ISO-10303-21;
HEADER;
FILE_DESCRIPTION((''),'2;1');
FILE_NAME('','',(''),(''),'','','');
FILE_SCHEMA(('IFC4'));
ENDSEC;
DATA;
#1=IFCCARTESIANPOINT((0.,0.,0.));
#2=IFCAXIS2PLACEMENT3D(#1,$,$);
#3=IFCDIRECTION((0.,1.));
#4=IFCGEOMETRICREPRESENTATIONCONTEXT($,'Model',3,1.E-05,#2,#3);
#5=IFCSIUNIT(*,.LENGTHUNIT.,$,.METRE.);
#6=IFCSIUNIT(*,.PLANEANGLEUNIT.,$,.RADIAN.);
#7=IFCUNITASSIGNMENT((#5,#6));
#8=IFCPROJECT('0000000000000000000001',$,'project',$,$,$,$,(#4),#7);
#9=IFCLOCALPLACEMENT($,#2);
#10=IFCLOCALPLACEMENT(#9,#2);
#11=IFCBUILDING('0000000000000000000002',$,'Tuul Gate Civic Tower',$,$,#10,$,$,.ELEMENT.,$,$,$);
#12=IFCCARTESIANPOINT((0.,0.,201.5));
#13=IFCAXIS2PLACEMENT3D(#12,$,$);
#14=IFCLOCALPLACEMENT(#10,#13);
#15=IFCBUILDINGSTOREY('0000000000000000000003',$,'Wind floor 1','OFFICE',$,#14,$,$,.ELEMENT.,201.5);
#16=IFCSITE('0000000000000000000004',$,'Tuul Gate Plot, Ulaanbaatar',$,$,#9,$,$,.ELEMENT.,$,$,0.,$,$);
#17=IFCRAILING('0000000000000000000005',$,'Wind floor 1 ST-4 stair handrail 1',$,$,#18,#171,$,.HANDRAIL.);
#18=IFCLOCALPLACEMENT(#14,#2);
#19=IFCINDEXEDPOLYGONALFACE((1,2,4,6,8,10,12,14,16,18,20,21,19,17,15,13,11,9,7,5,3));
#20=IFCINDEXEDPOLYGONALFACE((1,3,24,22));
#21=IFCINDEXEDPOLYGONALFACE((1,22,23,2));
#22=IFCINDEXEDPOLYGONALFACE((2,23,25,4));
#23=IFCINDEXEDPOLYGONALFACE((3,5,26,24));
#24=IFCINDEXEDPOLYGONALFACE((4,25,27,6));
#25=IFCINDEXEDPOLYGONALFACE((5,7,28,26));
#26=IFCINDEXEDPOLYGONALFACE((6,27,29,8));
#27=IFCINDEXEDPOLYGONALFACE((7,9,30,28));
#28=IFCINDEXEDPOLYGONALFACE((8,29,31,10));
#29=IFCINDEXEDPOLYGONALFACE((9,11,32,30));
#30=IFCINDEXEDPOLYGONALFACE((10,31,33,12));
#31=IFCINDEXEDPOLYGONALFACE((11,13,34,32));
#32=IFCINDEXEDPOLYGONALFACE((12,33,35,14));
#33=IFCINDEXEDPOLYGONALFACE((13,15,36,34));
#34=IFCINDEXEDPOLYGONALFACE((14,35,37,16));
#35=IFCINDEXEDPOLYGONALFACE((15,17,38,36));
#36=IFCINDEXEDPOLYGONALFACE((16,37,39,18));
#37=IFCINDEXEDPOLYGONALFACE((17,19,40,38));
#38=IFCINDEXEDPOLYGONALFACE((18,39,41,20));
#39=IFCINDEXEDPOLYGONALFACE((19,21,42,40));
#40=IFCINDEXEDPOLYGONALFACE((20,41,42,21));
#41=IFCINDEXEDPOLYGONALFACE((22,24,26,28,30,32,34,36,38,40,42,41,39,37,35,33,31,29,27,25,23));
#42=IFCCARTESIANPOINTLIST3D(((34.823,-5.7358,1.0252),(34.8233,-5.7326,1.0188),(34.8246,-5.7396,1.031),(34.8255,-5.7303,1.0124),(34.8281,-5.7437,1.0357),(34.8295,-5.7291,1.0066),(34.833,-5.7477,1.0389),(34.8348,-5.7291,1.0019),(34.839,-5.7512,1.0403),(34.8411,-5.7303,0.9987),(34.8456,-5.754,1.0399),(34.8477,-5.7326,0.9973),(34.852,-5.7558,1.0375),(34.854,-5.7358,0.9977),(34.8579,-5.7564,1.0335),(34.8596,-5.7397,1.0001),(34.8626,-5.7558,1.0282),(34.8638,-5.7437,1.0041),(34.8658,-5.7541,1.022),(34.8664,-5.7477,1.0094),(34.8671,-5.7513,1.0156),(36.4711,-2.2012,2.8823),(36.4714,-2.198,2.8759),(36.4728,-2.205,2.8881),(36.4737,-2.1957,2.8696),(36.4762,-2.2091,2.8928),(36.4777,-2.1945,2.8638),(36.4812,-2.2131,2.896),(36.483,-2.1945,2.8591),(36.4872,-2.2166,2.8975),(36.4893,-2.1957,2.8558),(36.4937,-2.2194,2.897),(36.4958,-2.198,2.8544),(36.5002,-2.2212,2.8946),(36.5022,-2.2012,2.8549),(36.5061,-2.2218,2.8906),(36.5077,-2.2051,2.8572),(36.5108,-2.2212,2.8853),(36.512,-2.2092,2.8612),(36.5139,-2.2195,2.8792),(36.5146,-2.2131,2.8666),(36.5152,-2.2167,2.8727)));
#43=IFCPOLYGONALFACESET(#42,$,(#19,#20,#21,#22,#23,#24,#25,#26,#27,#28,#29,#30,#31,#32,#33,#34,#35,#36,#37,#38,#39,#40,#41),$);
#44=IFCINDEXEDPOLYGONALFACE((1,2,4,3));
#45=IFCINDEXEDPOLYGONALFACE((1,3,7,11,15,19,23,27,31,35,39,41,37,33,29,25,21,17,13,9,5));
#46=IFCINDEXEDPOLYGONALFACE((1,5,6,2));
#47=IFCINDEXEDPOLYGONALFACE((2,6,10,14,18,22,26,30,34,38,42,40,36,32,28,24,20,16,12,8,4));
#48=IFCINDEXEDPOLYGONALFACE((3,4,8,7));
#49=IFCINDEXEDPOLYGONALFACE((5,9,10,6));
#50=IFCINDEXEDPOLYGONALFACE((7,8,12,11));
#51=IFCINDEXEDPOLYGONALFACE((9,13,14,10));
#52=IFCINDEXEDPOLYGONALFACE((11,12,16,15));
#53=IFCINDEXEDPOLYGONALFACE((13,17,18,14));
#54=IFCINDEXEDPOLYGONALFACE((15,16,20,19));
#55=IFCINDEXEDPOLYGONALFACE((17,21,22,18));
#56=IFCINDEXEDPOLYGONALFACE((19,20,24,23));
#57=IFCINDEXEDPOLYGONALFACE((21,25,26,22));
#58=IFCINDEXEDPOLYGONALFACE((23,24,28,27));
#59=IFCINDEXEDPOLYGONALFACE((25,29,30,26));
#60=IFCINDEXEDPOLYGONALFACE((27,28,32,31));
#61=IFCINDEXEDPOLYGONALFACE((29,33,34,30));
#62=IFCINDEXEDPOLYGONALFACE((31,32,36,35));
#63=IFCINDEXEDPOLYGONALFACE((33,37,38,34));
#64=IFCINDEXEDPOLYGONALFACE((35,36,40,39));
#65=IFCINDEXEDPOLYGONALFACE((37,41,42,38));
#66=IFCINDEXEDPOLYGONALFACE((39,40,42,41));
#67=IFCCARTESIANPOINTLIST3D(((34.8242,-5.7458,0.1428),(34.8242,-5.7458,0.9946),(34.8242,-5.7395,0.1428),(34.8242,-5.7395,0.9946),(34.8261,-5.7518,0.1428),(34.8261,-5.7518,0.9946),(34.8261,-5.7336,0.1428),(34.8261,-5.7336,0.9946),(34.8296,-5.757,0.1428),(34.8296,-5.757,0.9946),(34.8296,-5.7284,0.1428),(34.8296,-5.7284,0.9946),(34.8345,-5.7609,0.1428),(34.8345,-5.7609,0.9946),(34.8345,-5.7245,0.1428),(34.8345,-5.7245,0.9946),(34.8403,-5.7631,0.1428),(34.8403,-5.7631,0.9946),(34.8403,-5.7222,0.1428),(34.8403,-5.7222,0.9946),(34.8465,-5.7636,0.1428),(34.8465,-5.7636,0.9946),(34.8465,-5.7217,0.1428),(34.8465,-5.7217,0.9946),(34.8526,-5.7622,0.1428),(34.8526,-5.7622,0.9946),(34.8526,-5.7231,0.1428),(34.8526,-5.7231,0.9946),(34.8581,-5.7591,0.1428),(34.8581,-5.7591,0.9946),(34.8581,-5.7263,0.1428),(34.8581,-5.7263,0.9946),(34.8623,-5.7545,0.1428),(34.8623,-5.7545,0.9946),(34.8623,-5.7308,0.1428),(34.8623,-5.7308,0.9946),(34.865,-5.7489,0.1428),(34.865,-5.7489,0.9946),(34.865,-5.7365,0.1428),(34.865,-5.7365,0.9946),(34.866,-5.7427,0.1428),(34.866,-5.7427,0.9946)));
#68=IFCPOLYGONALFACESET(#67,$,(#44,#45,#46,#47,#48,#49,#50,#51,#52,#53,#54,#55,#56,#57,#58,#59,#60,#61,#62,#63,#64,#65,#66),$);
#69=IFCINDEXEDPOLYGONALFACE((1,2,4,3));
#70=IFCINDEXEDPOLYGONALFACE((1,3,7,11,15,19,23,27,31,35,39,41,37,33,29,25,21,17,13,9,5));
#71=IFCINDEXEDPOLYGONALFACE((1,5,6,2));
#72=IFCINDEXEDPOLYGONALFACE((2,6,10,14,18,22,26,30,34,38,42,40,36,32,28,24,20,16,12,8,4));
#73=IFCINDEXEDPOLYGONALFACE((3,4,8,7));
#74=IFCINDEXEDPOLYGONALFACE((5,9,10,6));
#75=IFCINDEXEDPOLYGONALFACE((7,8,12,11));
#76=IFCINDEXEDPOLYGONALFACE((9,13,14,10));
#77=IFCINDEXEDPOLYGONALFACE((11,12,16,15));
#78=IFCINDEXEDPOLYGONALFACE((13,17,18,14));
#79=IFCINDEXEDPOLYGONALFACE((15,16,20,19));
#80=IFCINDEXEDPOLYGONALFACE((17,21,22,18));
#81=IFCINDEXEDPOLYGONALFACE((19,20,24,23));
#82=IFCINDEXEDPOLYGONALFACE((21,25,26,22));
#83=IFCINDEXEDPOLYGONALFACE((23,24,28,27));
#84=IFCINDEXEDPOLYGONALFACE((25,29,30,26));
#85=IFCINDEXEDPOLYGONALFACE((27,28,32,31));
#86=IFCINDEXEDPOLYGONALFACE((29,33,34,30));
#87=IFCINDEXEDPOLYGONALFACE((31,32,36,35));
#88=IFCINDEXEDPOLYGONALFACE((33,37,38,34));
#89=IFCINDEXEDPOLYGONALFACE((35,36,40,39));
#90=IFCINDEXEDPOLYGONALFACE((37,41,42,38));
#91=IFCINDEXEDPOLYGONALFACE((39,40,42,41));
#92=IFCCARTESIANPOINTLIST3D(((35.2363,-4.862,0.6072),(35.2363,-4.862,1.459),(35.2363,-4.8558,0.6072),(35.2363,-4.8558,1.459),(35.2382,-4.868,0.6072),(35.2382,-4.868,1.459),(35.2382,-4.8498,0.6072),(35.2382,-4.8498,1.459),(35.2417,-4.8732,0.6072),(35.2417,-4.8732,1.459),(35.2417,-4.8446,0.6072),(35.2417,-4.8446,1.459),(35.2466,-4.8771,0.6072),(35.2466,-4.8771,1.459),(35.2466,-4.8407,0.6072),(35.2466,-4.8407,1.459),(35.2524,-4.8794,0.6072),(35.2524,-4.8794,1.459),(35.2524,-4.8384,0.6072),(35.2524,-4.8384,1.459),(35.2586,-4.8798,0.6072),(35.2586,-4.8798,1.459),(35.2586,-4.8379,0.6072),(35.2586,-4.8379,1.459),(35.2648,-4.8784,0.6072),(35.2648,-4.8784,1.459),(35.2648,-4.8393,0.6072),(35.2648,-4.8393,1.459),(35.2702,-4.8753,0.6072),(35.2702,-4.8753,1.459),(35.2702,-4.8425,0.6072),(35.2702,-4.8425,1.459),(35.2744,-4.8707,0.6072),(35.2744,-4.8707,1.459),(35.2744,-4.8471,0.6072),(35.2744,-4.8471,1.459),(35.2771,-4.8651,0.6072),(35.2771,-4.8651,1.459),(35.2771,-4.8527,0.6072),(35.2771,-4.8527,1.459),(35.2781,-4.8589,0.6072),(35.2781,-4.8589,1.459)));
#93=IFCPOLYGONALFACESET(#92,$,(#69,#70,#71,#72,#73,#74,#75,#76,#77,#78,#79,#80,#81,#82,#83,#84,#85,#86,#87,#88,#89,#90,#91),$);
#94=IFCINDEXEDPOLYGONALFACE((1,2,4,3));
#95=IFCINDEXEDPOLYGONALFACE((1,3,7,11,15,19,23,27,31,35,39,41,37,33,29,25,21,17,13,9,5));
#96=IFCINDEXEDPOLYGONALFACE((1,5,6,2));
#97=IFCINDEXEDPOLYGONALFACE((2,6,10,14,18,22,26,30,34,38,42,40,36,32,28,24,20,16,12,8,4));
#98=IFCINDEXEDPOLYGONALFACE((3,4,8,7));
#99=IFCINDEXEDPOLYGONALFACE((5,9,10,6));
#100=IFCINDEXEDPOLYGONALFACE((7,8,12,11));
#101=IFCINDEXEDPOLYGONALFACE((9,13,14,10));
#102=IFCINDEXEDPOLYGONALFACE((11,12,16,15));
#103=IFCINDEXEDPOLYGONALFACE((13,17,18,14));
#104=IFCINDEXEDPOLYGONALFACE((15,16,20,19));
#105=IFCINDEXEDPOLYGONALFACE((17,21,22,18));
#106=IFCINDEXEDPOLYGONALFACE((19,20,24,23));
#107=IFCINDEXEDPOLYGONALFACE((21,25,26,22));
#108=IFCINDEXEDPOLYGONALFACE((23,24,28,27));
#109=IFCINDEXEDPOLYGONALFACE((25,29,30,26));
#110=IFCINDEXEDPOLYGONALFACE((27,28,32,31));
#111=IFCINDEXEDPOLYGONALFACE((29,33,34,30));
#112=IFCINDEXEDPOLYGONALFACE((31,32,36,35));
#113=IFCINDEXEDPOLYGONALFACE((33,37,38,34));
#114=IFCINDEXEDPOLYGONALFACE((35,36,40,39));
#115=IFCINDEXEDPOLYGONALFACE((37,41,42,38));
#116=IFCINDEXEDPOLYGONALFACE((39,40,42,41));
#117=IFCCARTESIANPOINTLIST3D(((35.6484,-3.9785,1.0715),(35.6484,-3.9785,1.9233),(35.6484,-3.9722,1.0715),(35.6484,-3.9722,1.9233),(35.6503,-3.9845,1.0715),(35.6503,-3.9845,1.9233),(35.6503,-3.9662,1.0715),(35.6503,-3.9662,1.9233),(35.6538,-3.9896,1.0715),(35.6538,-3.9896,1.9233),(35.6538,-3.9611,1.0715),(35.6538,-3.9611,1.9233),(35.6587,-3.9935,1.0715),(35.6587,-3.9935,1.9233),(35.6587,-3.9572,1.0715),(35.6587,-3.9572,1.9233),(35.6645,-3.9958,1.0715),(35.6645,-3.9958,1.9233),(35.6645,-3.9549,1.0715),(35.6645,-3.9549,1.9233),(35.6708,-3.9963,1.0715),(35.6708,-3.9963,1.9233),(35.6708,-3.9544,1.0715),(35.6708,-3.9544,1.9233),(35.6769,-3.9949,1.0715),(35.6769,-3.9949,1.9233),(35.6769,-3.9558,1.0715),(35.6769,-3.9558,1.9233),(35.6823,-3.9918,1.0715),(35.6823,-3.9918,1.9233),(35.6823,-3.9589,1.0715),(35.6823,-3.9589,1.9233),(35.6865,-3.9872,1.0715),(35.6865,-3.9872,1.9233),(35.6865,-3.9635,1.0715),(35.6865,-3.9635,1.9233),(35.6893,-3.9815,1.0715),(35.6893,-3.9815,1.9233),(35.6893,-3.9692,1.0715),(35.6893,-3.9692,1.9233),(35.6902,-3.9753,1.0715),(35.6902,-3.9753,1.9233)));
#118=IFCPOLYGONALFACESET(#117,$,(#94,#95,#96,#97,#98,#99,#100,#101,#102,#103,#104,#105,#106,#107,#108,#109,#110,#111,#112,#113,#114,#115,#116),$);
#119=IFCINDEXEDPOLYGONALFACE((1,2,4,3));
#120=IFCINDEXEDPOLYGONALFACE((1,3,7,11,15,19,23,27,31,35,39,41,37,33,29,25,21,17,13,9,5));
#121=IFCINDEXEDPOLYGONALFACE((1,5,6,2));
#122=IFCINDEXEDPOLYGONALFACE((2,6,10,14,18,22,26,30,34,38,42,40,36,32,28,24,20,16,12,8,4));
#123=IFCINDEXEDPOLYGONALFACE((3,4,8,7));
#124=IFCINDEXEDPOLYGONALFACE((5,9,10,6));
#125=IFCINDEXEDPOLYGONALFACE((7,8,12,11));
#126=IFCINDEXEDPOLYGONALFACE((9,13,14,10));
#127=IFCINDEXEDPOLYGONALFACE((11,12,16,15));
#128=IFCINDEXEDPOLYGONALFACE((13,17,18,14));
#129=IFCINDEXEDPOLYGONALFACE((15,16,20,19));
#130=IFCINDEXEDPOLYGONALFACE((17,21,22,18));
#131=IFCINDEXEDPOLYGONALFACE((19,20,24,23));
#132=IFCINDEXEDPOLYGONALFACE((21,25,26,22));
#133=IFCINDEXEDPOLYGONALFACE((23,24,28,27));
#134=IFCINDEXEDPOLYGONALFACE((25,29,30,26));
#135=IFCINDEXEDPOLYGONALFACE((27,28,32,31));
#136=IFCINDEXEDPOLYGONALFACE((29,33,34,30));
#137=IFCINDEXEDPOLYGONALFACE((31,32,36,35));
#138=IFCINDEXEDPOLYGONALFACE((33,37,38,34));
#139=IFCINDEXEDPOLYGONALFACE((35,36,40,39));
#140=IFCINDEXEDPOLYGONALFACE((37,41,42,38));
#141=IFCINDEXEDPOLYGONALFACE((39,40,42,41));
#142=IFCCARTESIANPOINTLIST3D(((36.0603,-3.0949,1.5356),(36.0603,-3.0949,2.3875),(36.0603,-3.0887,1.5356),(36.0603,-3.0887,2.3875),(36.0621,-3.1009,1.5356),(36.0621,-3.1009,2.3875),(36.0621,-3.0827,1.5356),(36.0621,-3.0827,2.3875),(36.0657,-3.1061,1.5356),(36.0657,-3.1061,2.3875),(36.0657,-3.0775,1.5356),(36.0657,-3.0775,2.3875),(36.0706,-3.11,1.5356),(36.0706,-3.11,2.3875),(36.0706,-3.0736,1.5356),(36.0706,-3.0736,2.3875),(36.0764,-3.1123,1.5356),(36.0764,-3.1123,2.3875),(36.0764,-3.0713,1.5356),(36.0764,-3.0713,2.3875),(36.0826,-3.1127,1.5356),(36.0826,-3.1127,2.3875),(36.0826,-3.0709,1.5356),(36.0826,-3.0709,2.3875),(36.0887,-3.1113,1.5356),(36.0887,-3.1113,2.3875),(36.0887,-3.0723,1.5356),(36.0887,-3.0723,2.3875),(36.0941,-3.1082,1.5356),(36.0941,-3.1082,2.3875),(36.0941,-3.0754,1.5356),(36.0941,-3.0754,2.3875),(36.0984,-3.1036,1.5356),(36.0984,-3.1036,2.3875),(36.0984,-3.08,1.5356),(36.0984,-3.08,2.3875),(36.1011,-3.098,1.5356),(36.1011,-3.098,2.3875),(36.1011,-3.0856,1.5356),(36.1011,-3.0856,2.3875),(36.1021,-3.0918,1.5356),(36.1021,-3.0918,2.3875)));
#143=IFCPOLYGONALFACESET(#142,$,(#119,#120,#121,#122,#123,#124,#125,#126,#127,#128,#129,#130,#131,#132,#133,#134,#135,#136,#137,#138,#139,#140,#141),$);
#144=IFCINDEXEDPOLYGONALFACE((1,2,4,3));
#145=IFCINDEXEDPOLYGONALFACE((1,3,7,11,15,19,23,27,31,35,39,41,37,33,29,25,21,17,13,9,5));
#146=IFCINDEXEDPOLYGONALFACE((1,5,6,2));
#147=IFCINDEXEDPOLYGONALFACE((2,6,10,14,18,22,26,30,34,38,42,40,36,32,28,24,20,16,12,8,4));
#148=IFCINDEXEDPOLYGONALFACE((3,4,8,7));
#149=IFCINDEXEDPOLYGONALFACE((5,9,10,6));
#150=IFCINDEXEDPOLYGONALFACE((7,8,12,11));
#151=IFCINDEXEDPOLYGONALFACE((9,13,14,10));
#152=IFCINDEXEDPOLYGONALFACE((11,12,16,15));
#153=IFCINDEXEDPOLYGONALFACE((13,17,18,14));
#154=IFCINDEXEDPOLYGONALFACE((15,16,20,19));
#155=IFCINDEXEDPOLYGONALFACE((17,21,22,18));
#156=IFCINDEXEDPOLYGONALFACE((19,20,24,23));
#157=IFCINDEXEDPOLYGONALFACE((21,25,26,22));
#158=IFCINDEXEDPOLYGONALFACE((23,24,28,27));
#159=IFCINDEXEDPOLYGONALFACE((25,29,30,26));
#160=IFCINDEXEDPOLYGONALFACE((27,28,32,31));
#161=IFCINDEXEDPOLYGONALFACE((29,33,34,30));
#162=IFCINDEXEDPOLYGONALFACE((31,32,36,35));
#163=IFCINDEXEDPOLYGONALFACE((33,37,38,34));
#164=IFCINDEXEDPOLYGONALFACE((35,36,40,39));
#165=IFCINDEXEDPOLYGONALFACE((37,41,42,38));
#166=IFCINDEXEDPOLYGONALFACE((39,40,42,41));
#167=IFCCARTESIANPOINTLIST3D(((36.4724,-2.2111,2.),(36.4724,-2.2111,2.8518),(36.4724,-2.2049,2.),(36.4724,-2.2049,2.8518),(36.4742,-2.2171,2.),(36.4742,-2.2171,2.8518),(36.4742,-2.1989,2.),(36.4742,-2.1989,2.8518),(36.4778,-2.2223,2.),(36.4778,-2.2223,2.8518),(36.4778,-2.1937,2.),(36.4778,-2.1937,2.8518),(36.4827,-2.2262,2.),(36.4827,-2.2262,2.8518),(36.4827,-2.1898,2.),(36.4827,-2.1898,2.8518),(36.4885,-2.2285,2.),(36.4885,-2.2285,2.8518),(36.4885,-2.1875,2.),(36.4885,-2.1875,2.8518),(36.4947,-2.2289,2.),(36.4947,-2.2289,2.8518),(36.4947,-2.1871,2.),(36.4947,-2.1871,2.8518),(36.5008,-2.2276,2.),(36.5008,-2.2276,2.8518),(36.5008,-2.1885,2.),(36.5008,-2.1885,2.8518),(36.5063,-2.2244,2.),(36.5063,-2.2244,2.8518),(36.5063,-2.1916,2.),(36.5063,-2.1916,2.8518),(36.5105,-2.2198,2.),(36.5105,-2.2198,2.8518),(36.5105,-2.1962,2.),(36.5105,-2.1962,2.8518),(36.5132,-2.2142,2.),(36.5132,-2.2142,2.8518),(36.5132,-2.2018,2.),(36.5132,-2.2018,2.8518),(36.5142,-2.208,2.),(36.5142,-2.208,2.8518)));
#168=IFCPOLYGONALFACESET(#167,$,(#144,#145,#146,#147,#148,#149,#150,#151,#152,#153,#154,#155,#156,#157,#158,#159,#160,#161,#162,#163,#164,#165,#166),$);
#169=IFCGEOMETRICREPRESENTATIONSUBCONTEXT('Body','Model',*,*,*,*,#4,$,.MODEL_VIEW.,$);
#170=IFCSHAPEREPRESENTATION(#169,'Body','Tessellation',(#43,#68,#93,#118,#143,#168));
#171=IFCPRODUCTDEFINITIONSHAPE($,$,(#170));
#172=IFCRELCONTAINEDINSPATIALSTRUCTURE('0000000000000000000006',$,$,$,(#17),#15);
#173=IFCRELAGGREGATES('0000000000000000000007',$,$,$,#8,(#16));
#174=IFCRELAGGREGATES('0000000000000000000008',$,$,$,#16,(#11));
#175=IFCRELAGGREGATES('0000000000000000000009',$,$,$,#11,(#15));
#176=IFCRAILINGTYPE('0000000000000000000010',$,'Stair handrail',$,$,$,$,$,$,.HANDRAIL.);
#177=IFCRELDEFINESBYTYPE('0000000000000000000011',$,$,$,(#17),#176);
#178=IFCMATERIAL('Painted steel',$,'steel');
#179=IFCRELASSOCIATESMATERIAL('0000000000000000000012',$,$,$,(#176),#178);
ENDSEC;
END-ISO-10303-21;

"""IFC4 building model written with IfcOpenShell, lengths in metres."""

from ifc_helpers import new_model, si_unit, direction, frame, origin, origin_2d, place, context, subcontext, project, spatial, circle, extrude, material, type_object, element, save


model = new_model("IFC4")

# Units and contexts
model_context = context("Model", 3, precision=1e-05, world=origin(), true_north=direction((0.0, 1.0)))
body_context = subcontext(model_context, "Body", "Model", "MODEL_VIEW")
ifc_project = project(units=[si_unit("LENGTHUNIT", "METRE"), si_unit("PLANEANGLEUNIT", "RADIAN")], contexts=[model_context])

# Site, building, storey
site_placement = place(None, origin())
site = spatial("IfcSite", under=ifc_project, at=site_placement, Name="Tuul Gate Plot, Ulaanbaatar", CompositionType="ELEMENT", RefElevation=0.0)
building_placement = place(site_placement, origin())
building = spatial("IfcBuilding", under=site, at=building_placement, Name="Tuul Gate Civic Tower", CompositionType="ELEMENT")
storey_placement = place(building_placement, frame((0.0, 0.0, 201.5)))
storey = spatial("IfcBuildingStorey", under=building, at=storey_placement, Name="Wind floor 1", Description="OFFICE", CompositionType="ELEMENT", Elevation=201.5)

# Railing
ifc_material_1 = material(Name="Painted steel", Category="steel")
railing_type_1 = type_object("IfcRailingType", Name="Stair handrail", PredefinedType="HANDRAIL", material=ifc_material_1)
railing_1_placement = place(storey_placement, frame((34.845, -5.7427, 0.1428)))
element("IfcRailing", 1, at=railing_1_placement, inside=storey, type_object=railing_type_1, Name="Wind floor 1 ST-4 stair handrail 1", PredefinedType="HANDRAIL", context=body_context, shape_type="SweptSolid", body=[
    extrude(circle(Radius=0.0239, at=origin_2d()), frame((0.0, 0.0, 0.876), z_axis=(0.381556, 0.818273, 0.429935), x_axis=(-0.906313, 0.422608, 0.0)), (0.0, 0.0, 1.0), 4.3196),
    extrude(circle(Radius=0.021, at=origin_2d()), origin(), (0.0, 0.0, 1.0), 0.8518),
    extrude(circle(Radius=0.021, at=origin_2d()), frame((0.4121, 0.8838, 0.4644)), (0.0, 0.0, 1.0), 0.8518),
    extrude(circle(Radius=0.021, at=origin_2d()), frame((0.8242, 1.7673, 0.9287)), (0.0, 0.0, 1.0), 0.8518),
    extrude(circle(Radius=0.021, at=origin_2d()), frame((1.2361, 2.6509, 1.3928)), (0.0, 0.0, 1.0), 0.8518),
    extrude(circle(Radius=0.021, at=origin_2d()), frame((1.6482, 3.5347, 1.8572)), (0.0, 0.0, 1.0), 0.8518),
])

save(model, "model.ifc")
